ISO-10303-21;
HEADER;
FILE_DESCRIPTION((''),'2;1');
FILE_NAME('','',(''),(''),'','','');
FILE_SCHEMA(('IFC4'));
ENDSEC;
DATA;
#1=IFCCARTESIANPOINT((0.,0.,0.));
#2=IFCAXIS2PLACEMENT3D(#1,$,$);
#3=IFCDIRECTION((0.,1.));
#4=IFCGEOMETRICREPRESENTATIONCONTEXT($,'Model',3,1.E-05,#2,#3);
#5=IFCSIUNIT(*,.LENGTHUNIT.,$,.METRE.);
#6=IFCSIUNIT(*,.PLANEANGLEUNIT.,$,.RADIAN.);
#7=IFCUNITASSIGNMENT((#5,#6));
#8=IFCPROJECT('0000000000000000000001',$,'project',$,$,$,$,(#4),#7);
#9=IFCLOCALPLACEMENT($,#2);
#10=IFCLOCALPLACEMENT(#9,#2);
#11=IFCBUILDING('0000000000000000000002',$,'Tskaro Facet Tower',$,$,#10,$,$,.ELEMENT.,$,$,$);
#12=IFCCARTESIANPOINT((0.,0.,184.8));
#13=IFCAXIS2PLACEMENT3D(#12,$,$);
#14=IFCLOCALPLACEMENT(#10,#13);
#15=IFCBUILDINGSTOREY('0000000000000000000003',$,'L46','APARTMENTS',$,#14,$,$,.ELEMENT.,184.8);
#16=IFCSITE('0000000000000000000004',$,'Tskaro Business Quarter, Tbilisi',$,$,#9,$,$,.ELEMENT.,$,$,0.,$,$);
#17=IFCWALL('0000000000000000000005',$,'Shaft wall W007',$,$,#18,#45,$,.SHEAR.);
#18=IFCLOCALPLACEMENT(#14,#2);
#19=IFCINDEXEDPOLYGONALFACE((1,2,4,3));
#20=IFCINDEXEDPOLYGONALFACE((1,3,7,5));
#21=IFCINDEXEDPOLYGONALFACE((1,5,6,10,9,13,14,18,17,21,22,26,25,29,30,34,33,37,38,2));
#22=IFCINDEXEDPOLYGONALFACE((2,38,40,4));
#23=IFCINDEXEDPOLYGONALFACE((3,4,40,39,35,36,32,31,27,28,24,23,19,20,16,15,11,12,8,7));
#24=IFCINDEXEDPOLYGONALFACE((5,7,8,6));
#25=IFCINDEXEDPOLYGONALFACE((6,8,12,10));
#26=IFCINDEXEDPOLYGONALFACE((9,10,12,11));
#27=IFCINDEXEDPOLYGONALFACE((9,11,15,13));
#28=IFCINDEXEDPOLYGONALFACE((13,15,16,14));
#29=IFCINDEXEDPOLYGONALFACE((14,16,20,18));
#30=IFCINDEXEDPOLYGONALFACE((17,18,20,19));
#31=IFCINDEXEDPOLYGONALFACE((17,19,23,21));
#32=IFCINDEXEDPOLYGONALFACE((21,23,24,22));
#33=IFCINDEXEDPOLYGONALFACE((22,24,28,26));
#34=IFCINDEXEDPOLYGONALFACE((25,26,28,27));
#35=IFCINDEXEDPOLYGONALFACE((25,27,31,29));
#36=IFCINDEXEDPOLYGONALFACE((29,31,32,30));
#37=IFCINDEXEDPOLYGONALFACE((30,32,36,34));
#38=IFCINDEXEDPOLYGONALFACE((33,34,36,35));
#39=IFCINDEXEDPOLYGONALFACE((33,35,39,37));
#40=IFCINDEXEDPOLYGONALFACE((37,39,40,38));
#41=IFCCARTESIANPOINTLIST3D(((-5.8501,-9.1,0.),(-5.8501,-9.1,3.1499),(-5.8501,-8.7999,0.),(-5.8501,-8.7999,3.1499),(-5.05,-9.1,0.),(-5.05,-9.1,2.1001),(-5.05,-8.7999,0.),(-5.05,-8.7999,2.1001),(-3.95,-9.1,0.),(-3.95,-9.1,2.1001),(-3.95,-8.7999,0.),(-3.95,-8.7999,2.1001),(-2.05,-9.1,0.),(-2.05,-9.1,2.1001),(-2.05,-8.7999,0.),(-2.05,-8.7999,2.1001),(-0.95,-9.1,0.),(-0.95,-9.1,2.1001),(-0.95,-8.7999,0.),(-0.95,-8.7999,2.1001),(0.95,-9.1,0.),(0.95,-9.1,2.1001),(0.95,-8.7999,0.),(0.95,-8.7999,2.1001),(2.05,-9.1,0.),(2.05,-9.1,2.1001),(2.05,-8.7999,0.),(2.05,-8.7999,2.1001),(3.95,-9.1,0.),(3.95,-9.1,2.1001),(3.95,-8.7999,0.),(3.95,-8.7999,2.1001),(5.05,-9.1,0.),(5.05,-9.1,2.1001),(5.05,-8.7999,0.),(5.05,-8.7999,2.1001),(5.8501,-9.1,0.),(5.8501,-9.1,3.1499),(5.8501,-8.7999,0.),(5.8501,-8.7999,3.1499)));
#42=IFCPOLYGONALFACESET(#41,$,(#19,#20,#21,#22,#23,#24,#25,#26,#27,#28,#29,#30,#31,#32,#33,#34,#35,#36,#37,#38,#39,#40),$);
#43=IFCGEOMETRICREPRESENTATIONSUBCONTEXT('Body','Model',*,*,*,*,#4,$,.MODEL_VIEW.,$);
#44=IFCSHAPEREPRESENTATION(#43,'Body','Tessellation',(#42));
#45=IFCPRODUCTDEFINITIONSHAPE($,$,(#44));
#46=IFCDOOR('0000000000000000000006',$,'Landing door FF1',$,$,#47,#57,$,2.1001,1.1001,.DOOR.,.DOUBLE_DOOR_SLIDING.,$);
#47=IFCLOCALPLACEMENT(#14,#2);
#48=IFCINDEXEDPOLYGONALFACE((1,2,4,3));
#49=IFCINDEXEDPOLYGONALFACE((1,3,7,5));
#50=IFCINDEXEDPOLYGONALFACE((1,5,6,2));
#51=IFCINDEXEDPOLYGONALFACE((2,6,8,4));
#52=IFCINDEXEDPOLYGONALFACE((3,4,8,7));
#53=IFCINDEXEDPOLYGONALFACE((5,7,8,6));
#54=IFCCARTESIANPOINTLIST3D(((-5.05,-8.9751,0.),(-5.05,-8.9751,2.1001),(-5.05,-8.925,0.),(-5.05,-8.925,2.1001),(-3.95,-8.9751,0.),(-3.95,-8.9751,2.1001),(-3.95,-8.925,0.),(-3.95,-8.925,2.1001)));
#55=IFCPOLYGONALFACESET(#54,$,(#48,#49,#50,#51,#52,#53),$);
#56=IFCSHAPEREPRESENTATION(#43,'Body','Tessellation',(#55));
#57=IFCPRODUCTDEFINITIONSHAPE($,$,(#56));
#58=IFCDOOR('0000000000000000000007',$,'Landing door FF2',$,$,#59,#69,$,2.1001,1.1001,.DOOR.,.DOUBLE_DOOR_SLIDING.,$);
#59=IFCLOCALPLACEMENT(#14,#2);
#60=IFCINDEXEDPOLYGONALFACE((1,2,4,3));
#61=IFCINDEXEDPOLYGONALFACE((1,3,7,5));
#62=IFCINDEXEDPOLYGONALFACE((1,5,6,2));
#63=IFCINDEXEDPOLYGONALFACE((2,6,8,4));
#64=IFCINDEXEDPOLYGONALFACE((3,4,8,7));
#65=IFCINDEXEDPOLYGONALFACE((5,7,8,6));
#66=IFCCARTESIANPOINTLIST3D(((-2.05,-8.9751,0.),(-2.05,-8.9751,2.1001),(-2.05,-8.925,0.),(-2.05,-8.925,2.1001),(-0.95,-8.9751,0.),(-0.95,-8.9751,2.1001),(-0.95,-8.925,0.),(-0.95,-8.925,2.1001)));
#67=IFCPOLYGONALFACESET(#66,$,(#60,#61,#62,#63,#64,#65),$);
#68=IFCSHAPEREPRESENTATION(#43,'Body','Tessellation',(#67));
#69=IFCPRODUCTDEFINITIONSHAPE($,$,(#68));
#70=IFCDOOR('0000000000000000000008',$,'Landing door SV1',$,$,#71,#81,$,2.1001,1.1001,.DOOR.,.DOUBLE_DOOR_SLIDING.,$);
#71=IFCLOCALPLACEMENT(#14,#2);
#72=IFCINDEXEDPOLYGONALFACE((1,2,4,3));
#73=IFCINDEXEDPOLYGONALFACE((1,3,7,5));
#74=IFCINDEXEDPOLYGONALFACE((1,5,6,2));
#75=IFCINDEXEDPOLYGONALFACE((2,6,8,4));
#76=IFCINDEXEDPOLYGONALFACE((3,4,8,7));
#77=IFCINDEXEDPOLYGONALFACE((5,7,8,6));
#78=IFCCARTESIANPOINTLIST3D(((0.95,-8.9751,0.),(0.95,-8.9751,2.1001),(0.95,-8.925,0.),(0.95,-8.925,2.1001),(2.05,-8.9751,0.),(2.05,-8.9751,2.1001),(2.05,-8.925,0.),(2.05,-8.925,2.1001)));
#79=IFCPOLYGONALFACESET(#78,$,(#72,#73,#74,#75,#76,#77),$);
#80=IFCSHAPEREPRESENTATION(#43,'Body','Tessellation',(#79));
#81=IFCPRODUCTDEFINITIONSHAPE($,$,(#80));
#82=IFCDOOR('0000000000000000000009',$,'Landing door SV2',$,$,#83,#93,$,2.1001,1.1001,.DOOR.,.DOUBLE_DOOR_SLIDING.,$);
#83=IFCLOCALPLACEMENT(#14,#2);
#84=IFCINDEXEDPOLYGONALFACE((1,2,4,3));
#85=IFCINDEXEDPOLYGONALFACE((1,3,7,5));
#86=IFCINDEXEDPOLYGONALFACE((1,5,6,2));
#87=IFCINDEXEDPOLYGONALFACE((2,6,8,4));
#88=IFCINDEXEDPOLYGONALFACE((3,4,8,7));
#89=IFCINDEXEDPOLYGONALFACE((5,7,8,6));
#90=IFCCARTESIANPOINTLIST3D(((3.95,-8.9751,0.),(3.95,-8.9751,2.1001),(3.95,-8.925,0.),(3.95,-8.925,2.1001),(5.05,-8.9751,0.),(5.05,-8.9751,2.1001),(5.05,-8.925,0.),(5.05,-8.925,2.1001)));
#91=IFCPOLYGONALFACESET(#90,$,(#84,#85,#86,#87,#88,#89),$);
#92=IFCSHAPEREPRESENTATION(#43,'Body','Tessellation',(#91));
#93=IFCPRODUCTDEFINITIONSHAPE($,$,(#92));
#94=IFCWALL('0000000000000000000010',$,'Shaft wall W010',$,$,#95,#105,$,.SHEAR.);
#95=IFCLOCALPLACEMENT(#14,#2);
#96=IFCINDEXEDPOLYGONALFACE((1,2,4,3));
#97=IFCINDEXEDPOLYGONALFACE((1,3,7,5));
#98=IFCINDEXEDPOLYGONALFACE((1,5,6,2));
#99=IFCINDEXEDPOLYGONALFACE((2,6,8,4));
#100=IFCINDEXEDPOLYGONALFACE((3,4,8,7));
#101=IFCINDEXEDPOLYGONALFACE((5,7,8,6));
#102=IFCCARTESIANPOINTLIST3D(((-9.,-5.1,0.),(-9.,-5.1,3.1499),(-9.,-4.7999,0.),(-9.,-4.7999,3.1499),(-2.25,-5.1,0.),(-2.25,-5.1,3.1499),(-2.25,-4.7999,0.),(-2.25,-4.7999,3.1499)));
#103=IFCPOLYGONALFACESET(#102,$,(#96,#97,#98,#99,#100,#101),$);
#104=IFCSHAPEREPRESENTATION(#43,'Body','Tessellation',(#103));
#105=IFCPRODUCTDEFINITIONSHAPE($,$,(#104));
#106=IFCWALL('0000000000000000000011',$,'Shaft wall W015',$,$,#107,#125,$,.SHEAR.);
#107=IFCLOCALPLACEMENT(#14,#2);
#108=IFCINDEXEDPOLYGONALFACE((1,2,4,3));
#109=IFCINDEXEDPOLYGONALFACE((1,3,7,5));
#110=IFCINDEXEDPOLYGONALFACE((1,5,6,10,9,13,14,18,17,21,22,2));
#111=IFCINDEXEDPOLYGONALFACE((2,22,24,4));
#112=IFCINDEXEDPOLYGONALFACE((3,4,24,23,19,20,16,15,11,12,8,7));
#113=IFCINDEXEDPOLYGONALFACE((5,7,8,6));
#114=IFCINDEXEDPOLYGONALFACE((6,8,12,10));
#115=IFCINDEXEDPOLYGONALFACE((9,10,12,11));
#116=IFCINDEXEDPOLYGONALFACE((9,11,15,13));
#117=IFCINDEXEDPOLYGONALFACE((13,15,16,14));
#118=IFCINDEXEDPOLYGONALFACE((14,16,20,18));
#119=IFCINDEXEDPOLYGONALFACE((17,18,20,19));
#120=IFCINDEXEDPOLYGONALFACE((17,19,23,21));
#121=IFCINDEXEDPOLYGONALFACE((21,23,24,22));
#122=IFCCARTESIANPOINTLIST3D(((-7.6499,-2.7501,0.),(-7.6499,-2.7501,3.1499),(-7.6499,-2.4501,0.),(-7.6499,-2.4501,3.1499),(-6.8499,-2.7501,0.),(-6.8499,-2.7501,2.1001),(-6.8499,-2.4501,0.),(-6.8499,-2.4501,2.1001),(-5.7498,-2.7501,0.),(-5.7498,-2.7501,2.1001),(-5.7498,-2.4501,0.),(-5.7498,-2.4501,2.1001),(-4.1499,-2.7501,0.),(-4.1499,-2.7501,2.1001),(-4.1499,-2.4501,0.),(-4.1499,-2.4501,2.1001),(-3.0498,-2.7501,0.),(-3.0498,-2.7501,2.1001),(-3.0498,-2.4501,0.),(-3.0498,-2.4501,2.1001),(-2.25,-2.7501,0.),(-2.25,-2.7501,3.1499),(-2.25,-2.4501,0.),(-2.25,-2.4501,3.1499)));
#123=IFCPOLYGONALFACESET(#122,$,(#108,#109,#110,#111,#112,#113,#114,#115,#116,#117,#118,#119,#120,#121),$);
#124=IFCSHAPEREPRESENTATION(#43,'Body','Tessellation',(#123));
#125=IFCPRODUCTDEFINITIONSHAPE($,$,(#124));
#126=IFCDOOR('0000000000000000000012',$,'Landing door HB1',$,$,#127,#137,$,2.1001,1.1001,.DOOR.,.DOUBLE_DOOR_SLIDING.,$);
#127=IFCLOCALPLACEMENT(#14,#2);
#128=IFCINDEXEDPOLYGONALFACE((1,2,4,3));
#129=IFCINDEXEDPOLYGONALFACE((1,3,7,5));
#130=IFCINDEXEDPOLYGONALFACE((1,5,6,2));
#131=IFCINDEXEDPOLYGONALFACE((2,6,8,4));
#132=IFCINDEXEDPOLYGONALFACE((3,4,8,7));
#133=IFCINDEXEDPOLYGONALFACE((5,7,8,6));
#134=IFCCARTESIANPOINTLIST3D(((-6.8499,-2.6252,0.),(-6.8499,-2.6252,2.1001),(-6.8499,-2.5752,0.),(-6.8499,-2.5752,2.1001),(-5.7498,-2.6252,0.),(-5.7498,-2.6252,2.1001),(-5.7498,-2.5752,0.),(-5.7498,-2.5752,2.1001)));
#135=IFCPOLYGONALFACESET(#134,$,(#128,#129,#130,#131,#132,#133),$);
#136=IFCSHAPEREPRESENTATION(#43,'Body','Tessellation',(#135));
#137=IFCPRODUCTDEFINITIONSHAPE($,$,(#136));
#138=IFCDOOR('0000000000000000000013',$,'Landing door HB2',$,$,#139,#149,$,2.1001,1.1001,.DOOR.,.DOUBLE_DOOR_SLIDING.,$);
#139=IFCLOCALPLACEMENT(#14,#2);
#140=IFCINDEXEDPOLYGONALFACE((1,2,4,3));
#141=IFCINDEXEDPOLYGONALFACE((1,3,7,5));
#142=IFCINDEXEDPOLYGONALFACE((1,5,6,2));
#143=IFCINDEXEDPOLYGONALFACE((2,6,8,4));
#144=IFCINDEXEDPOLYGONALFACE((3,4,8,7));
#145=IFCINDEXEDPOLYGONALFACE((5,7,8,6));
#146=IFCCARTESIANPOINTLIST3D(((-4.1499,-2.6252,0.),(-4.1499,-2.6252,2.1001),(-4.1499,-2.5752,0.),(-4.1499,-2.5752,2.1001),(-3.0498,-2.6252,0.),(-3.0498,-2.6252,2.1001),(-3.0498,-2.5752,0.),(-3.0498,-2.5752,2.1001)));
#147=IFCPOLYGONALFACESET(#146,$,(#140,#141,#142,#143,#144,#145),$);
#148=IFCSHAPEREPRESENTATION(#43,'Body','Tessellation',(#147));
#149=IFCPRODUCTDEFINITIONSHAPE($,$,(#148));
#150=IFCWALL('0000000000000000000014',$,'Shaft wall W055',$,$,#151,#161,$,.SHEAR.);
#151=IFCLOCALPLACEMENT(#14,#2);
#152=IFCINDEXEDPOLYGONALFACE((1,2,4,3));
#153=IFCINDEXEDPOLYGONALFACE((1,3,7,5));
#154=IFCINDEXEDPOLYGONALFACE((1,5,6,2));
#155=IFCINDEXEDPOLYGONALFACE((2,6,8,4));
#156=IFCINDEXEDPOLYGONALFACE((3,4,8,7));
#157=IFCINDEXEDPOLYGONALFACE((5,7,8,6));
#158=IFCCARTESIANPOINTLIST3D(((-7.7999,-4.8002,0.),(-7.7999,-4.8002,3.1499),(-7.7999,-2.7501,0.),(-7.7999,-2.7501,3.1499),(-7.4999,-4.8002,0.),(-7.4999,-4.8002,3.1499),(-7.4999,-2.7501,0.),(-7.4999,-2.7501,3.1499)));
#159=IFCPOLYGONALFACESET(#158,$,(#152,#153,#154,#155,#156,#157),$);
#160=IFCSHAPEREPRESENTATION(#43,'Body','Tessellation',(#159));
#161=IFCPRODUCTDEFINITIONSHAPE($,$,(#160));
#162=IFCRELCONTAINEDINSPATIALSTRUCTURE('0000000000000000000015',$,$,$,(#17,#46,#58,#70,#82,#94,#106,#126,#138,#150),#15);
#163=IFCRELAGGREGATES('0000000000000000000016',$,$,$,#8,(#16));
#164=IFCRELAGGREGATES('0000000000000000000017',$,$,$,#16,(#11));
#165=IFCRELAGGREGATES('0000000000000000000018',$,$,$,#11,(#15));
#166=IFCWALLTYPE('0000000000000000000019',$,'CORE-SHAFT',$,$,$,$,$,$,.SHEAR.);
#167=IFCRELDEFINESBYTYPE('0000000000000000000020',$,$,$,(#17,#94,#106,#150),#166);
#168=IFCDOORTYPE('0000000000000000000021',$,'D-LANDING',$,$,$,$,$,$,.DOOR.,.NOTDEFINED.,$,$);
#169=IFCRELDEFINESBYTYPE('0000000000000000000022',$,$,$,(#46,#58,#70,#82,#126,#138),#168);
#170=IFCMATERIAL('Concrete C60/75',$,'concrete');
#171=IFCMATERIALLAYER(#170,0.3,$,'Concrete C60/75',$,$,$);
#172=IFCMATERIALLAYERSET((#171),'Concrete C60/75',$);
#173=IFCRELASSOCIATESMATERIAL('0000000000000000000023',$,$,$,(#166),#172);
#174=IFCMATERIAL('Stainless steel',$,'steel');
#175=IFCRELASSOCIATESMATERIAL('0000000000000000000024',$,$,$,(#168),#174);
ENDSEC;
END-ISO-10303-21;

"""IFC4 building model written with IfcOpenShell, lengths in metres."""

from ifc_helpers import new_model, si_unit, direction, frame, frame_2d, origin, place, context, subcontext, project, spatial, rectangle, extrude, material, layer, layer_set, type_object, element, fill, save


model = new_model("IFC4")

# Units and contexts
model_context = context("Model", 3, precision=1e-05, world=origin(), true_north=direction((0.0, 1.0)))
body_context = subcontext(model_context, "Body", "Model", "MODEL_VIEW")
ifc_project = project(units=[si_unit("LENGTHUNIT", "METRE"), si_unit("PLANEANGLEUNIT", "RADIAN")], contexts=[model_context])

# Site, building, storey
site_placement = place(None, origin())
site = spatial("IfcSite", under=ifc_project, at=site_placement, Name="Tskaro Business Quarter, Tbilisi", CompositionType="ELEMENT", RefElevation=0.0)
building_placement = place(site_placement, origin())
building = spatial("IfcBuilding", under=site, at=building_placement, Name="Tskaro Facet Tower", CompositionType="ELEMENT")
storey_placement = place(building_placement, frame((0.0, 0.0, 184.8)))
storey = spatial("IfcBuildingStorey", under=building, at=storey_placement, Name="L46", Description="APARTMENTS", CompositionType="ELEMENT", Elevation=184.8)

# Wall, openings, doors
ifc_material_1 = material(Name="Concrete C60/75", Category="concrete")
ifc_layer_1 = layer(ifc_material_1, 0.3, Name="Concrete C60/75")
ifc_layer_set_1 = layer_set([ifc_layer_1], Name="Concrete C60/75")
wall_type_1 = type_object("IfcWallType", Name="CORE-SHAFT", PredefinedType="SHEAR", material=ifc_layer_set_1)
wall_1_placement = place(storey_placement, frame((-5.8501, -8.95, 0.0), z_axis=(0.0, 0.0, 1.0), x_axis=(1.0, 0.0, 0.0)))
wall_1 = element("IfcWall", 1, at=wall_1_placement, inside=storey, type_object=wall_type_1, Name="Shaft wall W007", PredefinedType="SHEAR", context=body_context, shape_type="SweptSolid", body=[
    extrude(rectangle(XDim=11.7002, YDim=0.3, at=frame_2d((5.8501, 0.0))), origin(), (0.0, 0.0, 1.0), 3.1499),
])
opening_1_placement = place(wall_1_placement, frame((0.8, 0.0, 0.0)))
opening_1 = element("IfcOpeningElement", 2, at=opening_1_placement, cuts=wall_1, PredefinedType="OPENING", context=body_context, shape_type="SweptSolid", body=[
    extrude(rectangle(XDim=1.1001, YDim=2.1001, at=frame_2d((0.55, 1.05))), frame((0.0, 0.1599, 0.0), z_axis=(0.0, -1.0, 0.0), x_axis=(1.0, 0.0, 0.0)), (0.0, 0.0, 1.0), 0.3201),
])
opening_2_placement = place(wall_1_placement, frame((3.8, 0.0, 0.0)))
opening_2 = element("IfcOpeningElement", 3, at=opening_2_placement, cuts=wall_1, PredefinedType="OPENING", context=body_context, shape_type="SweptSolid", body=[
    extrude(rectangle(XDim=1.1001, YDim=2.1001, at=frame_2d((0.55, 1.05))), frame((0.0, 0.1599, 0.0), z_axis=(0.0, -1.0, 0.0), x_axis=(1.0, 0.0, 0.0)), (0.0, 0.0, 1.0), 0.3201),
])
opening_3_placement = place(wall_1_placement, frame((6.8, 0.0, 0.0)))
opening_3 = element("IfcOpeningElement", 4, at=opening_3_placement, cuts=wall_1, PredefinedType="OPENING", context=body_context, shape_type="SweptSolid", body=[
    extrude(rectangle(XDim=1.1001, YDim=2.1001, at=frame_2d((0.55, 1.05))), frame((0.0, 0.1599, 0.0), z_axis=(0.0, -1.0, 0.0), x_axis=(1.0, 0.0, 0.0)), (0.0, 0.0, 1.0), 0.3201),
])
opening_4_placement = place(wall_1_placement, frame((9.8, 0.0, 0.0)))
opening_4 = element("IfcOpeningElement", 5, at=opening_4_placement, cuts=wall_1, PredefinedType="OPENING", context=body_context, shape_type="SweptSolid", body=[
    extrude(rectangle(XDim=1.1001, YDim=2.1001, at=frame_2d((0.55, 1.05))), frame((0.0, 0.1599, 0.0), z_axis=(0.0, -1.0, 0.0), x_axis=(1.0, 0.0, 0.0)), (0.0, 0.0, 1.0), 0.3201),
])
ifc_material_2 = material(Name="Stainless steel", Category="steel")
door_type_1 = type_object("IfcDoorType", Name="D-LANDING", OperationType="NOTDEFINED", PredefinedType="DOOR", material=ifc_material_2)
door_1_placement = place(opening_1_placement, origin())
door_1 = element("IfcDoor", 6, at=door_1_placement, inside=storey, type_object=door_type_1, Name="Landing door FF1", OperationType="DOUBLE_DOOR_SLIDING", OverallHeight=2.1001, OverallWidth=1.1001, PredefinedType="DOOR", context=body_context, shape_type="SweptSolid", body=[
    extrude(rectangle(XDim=1.1001, YDim=2.1001, at=frame_2d((0.55, 1.05))), frame((0.0, 0.0249, 0.0), z_axis=(0.0, -1.0, 0.0), x_axis=(1.0, 0.0, 0.0)), (0.0, 0.0, 1.0), 0.05),
])
fill(opening_1, door_1)
door_2_placement = place(opening_2_placement, origin())
door_2 = element("IfcDoor", 7, at=door_2_placement, inside=storey, type_object=door_type_1, Name="Landing door FF2", OperationType="DOUBLE_DOOR_SLIDING", OverallHeight=2.1001, OverallWidth=1.1001, PredefinedType="DOOR", context=body_context, shape_type="SweptSolid", body=[
    extrude(rectangle(XDim=1.1001, YDim=2.1001, at=frame_2d((0.55, 1.05))), frame((0.0, 0.0249, 0.0), z_axis=(0.0, -1.0, 0.0), x_axis=(1.0, 0.0, 0.0)), (0.0, 0.0, 1.0), 0.05),
])
fill(opening_2, door_2)
door_3_placement = place(opening_3_placement, origin())
door_3 = element("IfcDoor", 8, at=door_3_placement, inside=storey, type_object=door_type_1, Name="Landing door SV1", OperationType="DOUBLE_DOOR_SLIDING", OverallHeight=2.1001, OverallWidth=1.1001, PredefinedType="DOOR", context=body_context, shape_type="SweptSolid", body=[
    extrude(rectangle(XDim=1.1001, YDim=2.1001, at=frame_2d((0.55, 1.05))), frame((0.0, 0.0249, 0.0), z_axis=(0.0, -1.0, 0.0), x_axis=(1.0, 0.0, 0.0)), (0.0, 0.0, 1.0), 0.05),
])
fill(opening_3, door_3)
door_4_placement = place(opening_4_placement, origin())
door_4 = element("IfcDoor", 9, at=door_4_placement, inside=storey, type_object=door_type_1, Name="Landing door SV2", OperationType="DOUBLE_DOOR_SLIDING", OverallHeight=2.1001, OverallWidth=1.1001, PredefinedType="DOOR", context=body_context, shape_type="SweptSolid", body=[
    extrude(rectangle(XDim=1.1001, YDim=2.1001, at=frame_2d((0.55, 1.05))), frame((0.0, 0.0249, 0.0), z_axis=(0.0, -1.0, 0.0), x_axis=(1.0, 0.0, 0.0)), (0.0, 0.0, 1.0), 0.05),
])
fill(opening_4, door_4)

# Wall
wall_2_placement = place(storey_placement, frame((-9.0, -4.95, 0.0), z_axis=(0.0, 0.0, 1.0), x_axis=(1.0, 0.0, 0.0)))
element("IfcWall", 10, at=wall_2_placement, inside=storey, type_object=wall_type_1, Name="Shaft wall W010", PredefinedType="SHEAR", context=body_context, shape_type="SweptSolid", body=[
    extrude(rectangle(XDim=6.75, YDim=0.3, at=frame_2d((3.375, 0.0))), origin(), (0.0, 0.0, 1.0), 3.1499),
])

# Wall, openings, doors
wall_3_placement = place(storey_placement, frame((-7.6499, -2.6001, 0.0), z_axis=(0.0, 0.0, 1.0), x_axis=(1.0, 0.0, 0.0)))
wall_3 = element("IfcWall", 11, at=wall_3_placement, inside=storey, type_object=wall_type_1, Name="Shaft wall W015", PredefinedType="SHEAR", context=body_context, shape_type="SweptSolid", body=[
    extrude(rectangle(XDim=5.3999, YDim=0.3, at=frame_2d((2.7, 0.0))), origin(), (0.0, 0.0, 1.0), 3.1499),
])
opening_5_placement = place(wall_3_placement, frame((0.8, 0.0, 0.0)))
opening_5 = element("IfcOpeningElement", 12, at=opening_5_placement, cuts=wall_3, PredefinedType="OPENING", context=body_context, shape_type="SweptSolid", body=[
    extrude(rectangle(XDim=1.1001, YDim=2.1001, at=frame_2d((0.55, 1.05))), frame((0.0, 0.1599, 0.0), z_axis=(0.0, -1.0, 0.0), x_axis=(1.0, 0.0, 0.0)), (0.0, 0.0, 1.0), 0.3201),
])
opening_6_placement = place(wall_3_placement, frame((3.5, 0.0, 0.0)))
opening_6 = element("IfcOpeningElement", 13, at=opening_6_placement, cuts=wall_3, PredefinedType="OPENING", context=body_context, shape_type="SweptSolid", body=[
    extrude(rectangle(XDim=1.1001, YDim=2.1001, at=frame_2d((0.55, 1.05))), frame((0.0, 0.1599, 0.0), z_axis=(0.0, -1.0, 0.0), x_axis=(1.0, 0.0, 0.0)), (0.0, 0.0, 1.0), 0.3201),
])
door_5_placement = place(opening_5_placement, origin())
door_5 = element("IfcDoor", 14, at=door_5_placement, inside=storey, type_object=door_type_1, Name="Landing door HB1", OperationType="DOUBLE_DOOR_SLIDING", OverallHeight=2.1001, OverallWidth=1.1001, PredefinedType="DOOR", context=body_context, shape_type="SweptSolid", body=[
    extrude(rectangle(XDim=1.1001, YDim=2.1001, at=frame_2d((0.55, 1.05))), frame((0.0, 0.0249, 0.0), z_axis=(0.0, -1.0, 0.0), x_axis=(1.0, 0.0, 0.0)), (0.0, 0.0, 1.0), 0.05),
])
fill(opening_5, door_5)
door_6_placement = place(opening_6_placement, origin())
door_6 = element("IfcDoor", 15, at=door_6_placement, inside=storey, type_object=door_type_1, Name="Landing door HB2", OperationType="DOUBLE_DOOR_SLIDING", OverallHeight=2.1001, OverallWidth=1.1001, PredefinedType="DOOR", context=body_context, shape_type="SweptSolid", body=[
    extrude(rectangle(XDim=1.1001, YDim=2.1001, at=frame_2d((0.55, 1.05))), frame((0.0, 0.0249, 0.0), z_axis=(0.0, -1.0, 0.0), x_axis=(1.0, 0.0, 0.0)), (0.0, 0.0, 1.0), 0.05),
])
fill(opening_6, door_6)

# Wall
wall_4_placement = place(storey_placement, frame((-7.6499, -4.8, 0.0), z_axis=(0.0, 0.0, 1.0), x_axis=(0.0, 1.0, 0.0)))
element("IfcWall", 16, at=wall_4_placement, inside=storey, type_object=wall_type_1, Name="Shaft wall W055", PredefinedType="SHEAR", context=body_context, shape_type="SweptSolid", body=[
    extrude(rectangle(XDim=2.05, YDim=0.3, at=frame_2d((1.0249, 0.0))), origin(), (0.0, 0.0, 1.0), 3.1499),
])

save(model, "model.ifc")
